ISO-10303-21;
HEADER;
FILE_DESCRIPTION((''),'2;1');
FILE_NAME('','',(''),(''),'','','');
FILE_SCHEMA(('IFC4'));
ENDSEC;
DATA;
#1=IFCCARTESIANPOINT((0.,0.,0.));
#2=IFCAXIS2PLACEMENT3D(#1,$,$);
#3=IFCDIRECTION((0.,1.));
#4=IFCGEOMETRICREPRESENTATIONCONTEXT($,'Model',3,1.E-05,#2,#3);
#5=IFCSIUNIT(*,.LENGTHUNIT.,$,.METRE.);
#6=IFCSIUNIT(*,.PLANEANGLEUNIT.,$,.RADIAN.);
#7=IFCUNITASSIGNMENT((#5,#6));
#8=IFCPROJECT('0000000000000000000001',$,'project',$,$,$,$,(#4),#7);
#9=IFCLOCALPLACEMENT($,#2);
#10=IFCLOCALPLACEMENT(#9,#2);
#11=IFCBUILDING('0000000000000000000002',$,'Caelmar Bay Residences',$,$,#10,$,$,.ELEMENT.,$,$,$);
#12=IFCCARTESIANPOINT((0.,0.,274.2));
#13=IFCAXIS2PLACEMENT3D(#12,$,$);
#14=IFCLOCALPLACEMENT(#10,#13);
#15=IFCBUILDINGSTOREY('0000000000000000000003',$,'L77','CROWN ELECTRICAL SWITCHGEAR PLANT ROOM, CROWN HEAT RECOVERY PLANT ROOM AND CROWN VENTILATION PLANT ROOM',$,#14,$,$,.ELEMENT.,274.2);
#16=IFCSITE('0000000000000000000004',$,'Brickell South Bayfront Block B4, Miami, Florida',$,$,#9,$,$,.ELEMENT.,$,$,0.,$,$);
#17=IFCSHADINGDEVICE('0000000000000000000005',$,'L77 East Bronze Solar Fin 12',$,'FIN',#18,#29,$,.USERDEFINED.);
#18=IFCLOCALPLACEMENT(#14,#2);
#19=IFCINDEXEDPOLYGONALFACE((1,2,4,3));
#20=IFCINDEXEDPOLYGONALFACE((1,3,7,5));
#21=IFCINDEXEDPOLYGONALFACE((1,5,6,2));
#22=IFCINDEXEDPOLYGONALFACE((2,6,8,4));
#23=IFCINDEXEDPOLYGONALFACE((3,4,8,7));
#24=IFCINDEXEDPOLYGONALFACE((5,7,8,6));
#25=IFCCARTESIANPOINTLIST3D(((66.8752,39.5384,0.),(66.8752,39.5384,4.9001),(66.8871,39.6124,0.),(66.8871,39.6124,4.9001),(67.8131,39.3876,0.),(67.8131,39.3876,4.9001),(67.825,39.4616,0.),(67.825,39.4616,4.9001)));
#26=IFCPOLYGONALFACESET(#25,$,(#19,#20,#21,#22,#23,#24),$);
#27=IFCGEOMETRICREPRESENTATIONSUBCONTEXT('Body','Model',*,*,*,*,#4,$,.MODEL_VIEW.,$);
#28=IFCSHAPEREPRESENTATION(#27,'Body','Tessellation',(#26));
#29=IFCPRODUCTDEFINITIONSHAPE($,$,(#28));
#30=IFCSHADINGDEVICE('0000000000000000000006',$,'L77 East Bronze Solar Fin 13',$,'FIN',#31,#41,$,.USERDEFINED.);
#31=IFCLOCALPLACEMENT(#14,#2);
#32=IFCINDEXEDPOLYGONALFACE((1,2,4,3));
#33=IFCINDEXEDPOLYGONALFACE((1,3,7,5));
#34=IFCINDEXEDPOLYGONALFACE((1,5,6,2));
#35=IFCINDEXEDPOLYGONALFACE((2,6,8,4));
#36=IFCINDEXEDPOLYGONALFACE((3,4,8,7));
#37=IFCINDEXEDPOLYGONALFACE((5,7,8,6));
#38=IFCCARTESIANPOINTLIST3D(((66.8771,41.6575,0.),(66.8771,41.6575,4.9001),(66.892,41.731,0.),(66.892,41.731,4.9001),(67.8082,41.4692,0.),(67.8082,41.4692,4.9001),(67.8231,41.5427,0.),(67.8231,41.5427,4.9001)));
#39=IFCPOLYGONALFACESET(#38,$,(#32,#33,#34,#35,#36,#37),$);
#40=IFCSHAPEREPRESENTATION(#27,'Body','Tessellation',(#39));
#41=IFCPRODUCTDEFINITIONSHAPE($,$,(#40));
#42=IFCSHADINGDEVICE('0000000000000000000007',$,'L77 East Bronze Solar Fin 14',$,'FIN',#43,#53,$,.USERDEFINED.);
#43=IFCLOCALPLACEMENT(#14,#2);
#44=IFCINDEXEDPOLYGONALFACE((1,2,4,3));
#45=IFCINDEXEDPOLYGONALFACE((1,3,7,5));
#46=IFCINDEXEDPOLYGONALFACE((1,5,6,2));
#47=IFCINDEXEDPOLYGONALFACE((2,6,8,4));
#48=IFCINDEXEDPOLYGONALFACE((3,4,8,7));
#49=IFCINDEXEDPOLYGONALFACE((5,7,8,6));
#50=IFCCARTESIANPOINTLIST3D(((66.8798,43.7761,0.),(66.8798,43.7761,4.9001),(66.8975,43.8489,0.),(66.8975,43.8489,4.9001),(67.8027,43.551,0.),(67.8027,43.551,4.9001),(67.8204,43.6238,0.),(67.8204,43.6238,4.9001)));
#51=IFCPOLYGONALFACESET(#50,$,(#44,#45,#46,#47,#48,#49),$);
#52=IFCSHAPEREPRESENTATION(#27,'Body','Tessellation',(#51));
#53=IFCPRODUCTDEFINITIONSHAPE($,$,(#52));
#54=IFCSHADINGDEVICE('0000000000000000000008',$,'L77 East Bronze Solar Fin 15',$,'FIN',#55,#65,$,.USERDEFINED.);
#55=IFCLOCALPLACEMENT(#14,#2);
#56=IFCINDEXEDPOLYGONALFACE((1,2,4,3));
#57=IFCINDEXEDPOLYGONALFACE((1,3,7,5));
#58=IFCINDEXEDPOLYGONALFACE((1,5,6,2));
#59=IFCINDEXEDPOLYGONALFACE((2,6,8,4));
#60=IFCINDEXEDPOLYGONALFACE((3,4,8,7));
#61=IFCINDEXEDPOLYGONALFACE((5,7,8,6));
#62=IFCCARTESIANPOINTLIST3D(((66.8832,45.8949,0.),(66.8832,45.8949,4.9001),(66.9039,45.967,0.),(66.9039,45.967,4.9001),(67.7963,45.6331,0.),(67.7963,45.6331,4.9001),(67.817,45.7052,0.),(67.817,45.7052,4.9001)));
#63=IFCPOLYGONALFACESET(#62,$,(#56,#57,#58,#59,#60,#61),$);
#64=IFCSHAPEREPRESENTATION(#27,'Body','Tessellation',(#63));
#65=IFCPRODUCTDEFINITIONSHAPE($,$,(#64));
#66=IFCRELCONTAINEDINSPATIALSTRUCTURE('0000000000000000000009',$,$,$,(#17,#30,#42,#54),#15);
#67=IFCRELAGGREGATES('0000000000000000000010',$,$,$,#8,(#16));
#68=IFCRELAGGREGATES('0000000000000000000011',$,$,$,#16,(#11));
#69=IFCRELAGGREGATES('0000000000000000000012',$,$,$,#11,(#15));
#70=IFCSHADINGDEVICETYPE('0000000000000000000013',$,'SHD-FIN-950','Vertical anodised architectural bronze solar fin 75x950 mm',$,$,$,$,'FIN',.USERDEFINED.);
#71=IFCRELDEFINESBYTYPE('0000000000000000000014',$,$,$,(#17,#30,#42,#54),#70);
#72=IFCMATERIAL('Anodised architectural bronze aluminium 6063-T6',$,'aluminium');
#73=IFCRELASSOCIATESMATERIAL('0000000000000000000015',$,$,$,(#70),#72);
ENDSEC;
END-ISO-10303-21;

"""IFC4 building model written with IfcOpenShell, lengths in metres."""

from ifc_helpers import new_model, si_unit, direction, frame, origin, origin_2d, place, context, subcontext, project, spatial, rectangle, extrude, material, material_profile, profile_set, type_object, element, save


model = new_model("IFC4")

# Units and contexts
model_context = context("Model", 3, precision=1e-05, world=origin(), true_north=direction((0.0, 1.0)))
body_context = subcontext(model_context, "Body", "Model", "MODEL_VIEW")
ifc_project = project(units=[si_unit("LENGTHUNIT", "METRE"), si_unit("PLANEANGLEUNIT", "RADIAN")], contexts=[model_context])

# Site, building, storey
site_placement = place(None, origin())
site = spatial("IfcSite", under=ifc_project, at=site_placement, Name="Brickell South Bayfront Block B4, Miami, Florida", CompositionType="ELEMENT", RefElevation=0.0)
building_placement = place(site_placement, origin())
building = spatial("IfcBuilding", under=site, at=building_placement, Name="Caelmar Bay Residences", CompositionType="ELEMENT")
storey_placement = place(building_placement, frame((0.0, 0.0, 274.2)))
storey = spatial("IfcBuildingStorey", under=building, at=storey_placement, Name="L77", Description="CROWN ELECTRICAL SWITCHGEAR PLANT ROOM, CROWN HEAT RECOVERY PLANT ROOM AND CROWN VENTILATION PLANT ROOM", CompositionType="ELEMENT", Elevation=274.2)

# Shading devices
ifc_material_1 = material(Name="Anodised architectural bronze aluminium 6063-T6", Category="aluminium")
ifc_material_profile_1 = material_profile(ifc_material_1, rectangle(XDim=0.075, YDim=0.95, at=origin_2d()), Name="BRONZE-FIN-75X950")
ifc_profile_set_1 = profile_set([ifc_material_profile_1], Name="Anodised architectural bronze aluminium 6063-T6")
shading_device_type = type_object("IfcShadingDeviceType", Name="SHD-FIN-950", Description="Vertical anodised architectural bronze solar fin 75x950 mm", ElementType="FIN", PredefinedType="USERDEFINED", material=ifc_profile_set_1)
for number, where, z_axis, x_axis, name in (
    (1, (67.3501, 39.5, 0.0), (0.0, 0.0, 1.0), (0.158847, 0.987303, 0.0), "L77 East Bronze Solar Fin 12"),
    (2, (67.3501, 41.6001, 0.0), (0.0, 0.0, 1.0), (0.198171, 0.980168, 0.0), "L77 East Bronze Solar Fin 13"),
    (3, (67.3501, 43.7, 0.0), (0.0, 0.0, 1.0), (0.237008, 0.971508, 0.0), "L77 East Bronze Solar Fin 14"),
    (4, (67.3501, 45.8, 0.0), (0.0, 0.0, 1.0), (0.275637, 0.961262, 0.0), "L77 East Bronze Solar Fin 15"),
):
    element("IfcShadingDevice", number, at=place(storey_placement, frame(where, z_axis=z_axis, x_axis=x_axis)), inside=storey, type_object=shading_device_type, Name=name, ObjectType="FIN", PredefinedType="USERDEFINED", context=body_context, shape_type="SweptSolid", body=[
        extrude(rectangle(XDim=0.075, YDim=0.95, at=origin_2d()), origin(), (0.0, 0.0, 1.0), 4.9001),
    ])

save(model, "model.ifc")
